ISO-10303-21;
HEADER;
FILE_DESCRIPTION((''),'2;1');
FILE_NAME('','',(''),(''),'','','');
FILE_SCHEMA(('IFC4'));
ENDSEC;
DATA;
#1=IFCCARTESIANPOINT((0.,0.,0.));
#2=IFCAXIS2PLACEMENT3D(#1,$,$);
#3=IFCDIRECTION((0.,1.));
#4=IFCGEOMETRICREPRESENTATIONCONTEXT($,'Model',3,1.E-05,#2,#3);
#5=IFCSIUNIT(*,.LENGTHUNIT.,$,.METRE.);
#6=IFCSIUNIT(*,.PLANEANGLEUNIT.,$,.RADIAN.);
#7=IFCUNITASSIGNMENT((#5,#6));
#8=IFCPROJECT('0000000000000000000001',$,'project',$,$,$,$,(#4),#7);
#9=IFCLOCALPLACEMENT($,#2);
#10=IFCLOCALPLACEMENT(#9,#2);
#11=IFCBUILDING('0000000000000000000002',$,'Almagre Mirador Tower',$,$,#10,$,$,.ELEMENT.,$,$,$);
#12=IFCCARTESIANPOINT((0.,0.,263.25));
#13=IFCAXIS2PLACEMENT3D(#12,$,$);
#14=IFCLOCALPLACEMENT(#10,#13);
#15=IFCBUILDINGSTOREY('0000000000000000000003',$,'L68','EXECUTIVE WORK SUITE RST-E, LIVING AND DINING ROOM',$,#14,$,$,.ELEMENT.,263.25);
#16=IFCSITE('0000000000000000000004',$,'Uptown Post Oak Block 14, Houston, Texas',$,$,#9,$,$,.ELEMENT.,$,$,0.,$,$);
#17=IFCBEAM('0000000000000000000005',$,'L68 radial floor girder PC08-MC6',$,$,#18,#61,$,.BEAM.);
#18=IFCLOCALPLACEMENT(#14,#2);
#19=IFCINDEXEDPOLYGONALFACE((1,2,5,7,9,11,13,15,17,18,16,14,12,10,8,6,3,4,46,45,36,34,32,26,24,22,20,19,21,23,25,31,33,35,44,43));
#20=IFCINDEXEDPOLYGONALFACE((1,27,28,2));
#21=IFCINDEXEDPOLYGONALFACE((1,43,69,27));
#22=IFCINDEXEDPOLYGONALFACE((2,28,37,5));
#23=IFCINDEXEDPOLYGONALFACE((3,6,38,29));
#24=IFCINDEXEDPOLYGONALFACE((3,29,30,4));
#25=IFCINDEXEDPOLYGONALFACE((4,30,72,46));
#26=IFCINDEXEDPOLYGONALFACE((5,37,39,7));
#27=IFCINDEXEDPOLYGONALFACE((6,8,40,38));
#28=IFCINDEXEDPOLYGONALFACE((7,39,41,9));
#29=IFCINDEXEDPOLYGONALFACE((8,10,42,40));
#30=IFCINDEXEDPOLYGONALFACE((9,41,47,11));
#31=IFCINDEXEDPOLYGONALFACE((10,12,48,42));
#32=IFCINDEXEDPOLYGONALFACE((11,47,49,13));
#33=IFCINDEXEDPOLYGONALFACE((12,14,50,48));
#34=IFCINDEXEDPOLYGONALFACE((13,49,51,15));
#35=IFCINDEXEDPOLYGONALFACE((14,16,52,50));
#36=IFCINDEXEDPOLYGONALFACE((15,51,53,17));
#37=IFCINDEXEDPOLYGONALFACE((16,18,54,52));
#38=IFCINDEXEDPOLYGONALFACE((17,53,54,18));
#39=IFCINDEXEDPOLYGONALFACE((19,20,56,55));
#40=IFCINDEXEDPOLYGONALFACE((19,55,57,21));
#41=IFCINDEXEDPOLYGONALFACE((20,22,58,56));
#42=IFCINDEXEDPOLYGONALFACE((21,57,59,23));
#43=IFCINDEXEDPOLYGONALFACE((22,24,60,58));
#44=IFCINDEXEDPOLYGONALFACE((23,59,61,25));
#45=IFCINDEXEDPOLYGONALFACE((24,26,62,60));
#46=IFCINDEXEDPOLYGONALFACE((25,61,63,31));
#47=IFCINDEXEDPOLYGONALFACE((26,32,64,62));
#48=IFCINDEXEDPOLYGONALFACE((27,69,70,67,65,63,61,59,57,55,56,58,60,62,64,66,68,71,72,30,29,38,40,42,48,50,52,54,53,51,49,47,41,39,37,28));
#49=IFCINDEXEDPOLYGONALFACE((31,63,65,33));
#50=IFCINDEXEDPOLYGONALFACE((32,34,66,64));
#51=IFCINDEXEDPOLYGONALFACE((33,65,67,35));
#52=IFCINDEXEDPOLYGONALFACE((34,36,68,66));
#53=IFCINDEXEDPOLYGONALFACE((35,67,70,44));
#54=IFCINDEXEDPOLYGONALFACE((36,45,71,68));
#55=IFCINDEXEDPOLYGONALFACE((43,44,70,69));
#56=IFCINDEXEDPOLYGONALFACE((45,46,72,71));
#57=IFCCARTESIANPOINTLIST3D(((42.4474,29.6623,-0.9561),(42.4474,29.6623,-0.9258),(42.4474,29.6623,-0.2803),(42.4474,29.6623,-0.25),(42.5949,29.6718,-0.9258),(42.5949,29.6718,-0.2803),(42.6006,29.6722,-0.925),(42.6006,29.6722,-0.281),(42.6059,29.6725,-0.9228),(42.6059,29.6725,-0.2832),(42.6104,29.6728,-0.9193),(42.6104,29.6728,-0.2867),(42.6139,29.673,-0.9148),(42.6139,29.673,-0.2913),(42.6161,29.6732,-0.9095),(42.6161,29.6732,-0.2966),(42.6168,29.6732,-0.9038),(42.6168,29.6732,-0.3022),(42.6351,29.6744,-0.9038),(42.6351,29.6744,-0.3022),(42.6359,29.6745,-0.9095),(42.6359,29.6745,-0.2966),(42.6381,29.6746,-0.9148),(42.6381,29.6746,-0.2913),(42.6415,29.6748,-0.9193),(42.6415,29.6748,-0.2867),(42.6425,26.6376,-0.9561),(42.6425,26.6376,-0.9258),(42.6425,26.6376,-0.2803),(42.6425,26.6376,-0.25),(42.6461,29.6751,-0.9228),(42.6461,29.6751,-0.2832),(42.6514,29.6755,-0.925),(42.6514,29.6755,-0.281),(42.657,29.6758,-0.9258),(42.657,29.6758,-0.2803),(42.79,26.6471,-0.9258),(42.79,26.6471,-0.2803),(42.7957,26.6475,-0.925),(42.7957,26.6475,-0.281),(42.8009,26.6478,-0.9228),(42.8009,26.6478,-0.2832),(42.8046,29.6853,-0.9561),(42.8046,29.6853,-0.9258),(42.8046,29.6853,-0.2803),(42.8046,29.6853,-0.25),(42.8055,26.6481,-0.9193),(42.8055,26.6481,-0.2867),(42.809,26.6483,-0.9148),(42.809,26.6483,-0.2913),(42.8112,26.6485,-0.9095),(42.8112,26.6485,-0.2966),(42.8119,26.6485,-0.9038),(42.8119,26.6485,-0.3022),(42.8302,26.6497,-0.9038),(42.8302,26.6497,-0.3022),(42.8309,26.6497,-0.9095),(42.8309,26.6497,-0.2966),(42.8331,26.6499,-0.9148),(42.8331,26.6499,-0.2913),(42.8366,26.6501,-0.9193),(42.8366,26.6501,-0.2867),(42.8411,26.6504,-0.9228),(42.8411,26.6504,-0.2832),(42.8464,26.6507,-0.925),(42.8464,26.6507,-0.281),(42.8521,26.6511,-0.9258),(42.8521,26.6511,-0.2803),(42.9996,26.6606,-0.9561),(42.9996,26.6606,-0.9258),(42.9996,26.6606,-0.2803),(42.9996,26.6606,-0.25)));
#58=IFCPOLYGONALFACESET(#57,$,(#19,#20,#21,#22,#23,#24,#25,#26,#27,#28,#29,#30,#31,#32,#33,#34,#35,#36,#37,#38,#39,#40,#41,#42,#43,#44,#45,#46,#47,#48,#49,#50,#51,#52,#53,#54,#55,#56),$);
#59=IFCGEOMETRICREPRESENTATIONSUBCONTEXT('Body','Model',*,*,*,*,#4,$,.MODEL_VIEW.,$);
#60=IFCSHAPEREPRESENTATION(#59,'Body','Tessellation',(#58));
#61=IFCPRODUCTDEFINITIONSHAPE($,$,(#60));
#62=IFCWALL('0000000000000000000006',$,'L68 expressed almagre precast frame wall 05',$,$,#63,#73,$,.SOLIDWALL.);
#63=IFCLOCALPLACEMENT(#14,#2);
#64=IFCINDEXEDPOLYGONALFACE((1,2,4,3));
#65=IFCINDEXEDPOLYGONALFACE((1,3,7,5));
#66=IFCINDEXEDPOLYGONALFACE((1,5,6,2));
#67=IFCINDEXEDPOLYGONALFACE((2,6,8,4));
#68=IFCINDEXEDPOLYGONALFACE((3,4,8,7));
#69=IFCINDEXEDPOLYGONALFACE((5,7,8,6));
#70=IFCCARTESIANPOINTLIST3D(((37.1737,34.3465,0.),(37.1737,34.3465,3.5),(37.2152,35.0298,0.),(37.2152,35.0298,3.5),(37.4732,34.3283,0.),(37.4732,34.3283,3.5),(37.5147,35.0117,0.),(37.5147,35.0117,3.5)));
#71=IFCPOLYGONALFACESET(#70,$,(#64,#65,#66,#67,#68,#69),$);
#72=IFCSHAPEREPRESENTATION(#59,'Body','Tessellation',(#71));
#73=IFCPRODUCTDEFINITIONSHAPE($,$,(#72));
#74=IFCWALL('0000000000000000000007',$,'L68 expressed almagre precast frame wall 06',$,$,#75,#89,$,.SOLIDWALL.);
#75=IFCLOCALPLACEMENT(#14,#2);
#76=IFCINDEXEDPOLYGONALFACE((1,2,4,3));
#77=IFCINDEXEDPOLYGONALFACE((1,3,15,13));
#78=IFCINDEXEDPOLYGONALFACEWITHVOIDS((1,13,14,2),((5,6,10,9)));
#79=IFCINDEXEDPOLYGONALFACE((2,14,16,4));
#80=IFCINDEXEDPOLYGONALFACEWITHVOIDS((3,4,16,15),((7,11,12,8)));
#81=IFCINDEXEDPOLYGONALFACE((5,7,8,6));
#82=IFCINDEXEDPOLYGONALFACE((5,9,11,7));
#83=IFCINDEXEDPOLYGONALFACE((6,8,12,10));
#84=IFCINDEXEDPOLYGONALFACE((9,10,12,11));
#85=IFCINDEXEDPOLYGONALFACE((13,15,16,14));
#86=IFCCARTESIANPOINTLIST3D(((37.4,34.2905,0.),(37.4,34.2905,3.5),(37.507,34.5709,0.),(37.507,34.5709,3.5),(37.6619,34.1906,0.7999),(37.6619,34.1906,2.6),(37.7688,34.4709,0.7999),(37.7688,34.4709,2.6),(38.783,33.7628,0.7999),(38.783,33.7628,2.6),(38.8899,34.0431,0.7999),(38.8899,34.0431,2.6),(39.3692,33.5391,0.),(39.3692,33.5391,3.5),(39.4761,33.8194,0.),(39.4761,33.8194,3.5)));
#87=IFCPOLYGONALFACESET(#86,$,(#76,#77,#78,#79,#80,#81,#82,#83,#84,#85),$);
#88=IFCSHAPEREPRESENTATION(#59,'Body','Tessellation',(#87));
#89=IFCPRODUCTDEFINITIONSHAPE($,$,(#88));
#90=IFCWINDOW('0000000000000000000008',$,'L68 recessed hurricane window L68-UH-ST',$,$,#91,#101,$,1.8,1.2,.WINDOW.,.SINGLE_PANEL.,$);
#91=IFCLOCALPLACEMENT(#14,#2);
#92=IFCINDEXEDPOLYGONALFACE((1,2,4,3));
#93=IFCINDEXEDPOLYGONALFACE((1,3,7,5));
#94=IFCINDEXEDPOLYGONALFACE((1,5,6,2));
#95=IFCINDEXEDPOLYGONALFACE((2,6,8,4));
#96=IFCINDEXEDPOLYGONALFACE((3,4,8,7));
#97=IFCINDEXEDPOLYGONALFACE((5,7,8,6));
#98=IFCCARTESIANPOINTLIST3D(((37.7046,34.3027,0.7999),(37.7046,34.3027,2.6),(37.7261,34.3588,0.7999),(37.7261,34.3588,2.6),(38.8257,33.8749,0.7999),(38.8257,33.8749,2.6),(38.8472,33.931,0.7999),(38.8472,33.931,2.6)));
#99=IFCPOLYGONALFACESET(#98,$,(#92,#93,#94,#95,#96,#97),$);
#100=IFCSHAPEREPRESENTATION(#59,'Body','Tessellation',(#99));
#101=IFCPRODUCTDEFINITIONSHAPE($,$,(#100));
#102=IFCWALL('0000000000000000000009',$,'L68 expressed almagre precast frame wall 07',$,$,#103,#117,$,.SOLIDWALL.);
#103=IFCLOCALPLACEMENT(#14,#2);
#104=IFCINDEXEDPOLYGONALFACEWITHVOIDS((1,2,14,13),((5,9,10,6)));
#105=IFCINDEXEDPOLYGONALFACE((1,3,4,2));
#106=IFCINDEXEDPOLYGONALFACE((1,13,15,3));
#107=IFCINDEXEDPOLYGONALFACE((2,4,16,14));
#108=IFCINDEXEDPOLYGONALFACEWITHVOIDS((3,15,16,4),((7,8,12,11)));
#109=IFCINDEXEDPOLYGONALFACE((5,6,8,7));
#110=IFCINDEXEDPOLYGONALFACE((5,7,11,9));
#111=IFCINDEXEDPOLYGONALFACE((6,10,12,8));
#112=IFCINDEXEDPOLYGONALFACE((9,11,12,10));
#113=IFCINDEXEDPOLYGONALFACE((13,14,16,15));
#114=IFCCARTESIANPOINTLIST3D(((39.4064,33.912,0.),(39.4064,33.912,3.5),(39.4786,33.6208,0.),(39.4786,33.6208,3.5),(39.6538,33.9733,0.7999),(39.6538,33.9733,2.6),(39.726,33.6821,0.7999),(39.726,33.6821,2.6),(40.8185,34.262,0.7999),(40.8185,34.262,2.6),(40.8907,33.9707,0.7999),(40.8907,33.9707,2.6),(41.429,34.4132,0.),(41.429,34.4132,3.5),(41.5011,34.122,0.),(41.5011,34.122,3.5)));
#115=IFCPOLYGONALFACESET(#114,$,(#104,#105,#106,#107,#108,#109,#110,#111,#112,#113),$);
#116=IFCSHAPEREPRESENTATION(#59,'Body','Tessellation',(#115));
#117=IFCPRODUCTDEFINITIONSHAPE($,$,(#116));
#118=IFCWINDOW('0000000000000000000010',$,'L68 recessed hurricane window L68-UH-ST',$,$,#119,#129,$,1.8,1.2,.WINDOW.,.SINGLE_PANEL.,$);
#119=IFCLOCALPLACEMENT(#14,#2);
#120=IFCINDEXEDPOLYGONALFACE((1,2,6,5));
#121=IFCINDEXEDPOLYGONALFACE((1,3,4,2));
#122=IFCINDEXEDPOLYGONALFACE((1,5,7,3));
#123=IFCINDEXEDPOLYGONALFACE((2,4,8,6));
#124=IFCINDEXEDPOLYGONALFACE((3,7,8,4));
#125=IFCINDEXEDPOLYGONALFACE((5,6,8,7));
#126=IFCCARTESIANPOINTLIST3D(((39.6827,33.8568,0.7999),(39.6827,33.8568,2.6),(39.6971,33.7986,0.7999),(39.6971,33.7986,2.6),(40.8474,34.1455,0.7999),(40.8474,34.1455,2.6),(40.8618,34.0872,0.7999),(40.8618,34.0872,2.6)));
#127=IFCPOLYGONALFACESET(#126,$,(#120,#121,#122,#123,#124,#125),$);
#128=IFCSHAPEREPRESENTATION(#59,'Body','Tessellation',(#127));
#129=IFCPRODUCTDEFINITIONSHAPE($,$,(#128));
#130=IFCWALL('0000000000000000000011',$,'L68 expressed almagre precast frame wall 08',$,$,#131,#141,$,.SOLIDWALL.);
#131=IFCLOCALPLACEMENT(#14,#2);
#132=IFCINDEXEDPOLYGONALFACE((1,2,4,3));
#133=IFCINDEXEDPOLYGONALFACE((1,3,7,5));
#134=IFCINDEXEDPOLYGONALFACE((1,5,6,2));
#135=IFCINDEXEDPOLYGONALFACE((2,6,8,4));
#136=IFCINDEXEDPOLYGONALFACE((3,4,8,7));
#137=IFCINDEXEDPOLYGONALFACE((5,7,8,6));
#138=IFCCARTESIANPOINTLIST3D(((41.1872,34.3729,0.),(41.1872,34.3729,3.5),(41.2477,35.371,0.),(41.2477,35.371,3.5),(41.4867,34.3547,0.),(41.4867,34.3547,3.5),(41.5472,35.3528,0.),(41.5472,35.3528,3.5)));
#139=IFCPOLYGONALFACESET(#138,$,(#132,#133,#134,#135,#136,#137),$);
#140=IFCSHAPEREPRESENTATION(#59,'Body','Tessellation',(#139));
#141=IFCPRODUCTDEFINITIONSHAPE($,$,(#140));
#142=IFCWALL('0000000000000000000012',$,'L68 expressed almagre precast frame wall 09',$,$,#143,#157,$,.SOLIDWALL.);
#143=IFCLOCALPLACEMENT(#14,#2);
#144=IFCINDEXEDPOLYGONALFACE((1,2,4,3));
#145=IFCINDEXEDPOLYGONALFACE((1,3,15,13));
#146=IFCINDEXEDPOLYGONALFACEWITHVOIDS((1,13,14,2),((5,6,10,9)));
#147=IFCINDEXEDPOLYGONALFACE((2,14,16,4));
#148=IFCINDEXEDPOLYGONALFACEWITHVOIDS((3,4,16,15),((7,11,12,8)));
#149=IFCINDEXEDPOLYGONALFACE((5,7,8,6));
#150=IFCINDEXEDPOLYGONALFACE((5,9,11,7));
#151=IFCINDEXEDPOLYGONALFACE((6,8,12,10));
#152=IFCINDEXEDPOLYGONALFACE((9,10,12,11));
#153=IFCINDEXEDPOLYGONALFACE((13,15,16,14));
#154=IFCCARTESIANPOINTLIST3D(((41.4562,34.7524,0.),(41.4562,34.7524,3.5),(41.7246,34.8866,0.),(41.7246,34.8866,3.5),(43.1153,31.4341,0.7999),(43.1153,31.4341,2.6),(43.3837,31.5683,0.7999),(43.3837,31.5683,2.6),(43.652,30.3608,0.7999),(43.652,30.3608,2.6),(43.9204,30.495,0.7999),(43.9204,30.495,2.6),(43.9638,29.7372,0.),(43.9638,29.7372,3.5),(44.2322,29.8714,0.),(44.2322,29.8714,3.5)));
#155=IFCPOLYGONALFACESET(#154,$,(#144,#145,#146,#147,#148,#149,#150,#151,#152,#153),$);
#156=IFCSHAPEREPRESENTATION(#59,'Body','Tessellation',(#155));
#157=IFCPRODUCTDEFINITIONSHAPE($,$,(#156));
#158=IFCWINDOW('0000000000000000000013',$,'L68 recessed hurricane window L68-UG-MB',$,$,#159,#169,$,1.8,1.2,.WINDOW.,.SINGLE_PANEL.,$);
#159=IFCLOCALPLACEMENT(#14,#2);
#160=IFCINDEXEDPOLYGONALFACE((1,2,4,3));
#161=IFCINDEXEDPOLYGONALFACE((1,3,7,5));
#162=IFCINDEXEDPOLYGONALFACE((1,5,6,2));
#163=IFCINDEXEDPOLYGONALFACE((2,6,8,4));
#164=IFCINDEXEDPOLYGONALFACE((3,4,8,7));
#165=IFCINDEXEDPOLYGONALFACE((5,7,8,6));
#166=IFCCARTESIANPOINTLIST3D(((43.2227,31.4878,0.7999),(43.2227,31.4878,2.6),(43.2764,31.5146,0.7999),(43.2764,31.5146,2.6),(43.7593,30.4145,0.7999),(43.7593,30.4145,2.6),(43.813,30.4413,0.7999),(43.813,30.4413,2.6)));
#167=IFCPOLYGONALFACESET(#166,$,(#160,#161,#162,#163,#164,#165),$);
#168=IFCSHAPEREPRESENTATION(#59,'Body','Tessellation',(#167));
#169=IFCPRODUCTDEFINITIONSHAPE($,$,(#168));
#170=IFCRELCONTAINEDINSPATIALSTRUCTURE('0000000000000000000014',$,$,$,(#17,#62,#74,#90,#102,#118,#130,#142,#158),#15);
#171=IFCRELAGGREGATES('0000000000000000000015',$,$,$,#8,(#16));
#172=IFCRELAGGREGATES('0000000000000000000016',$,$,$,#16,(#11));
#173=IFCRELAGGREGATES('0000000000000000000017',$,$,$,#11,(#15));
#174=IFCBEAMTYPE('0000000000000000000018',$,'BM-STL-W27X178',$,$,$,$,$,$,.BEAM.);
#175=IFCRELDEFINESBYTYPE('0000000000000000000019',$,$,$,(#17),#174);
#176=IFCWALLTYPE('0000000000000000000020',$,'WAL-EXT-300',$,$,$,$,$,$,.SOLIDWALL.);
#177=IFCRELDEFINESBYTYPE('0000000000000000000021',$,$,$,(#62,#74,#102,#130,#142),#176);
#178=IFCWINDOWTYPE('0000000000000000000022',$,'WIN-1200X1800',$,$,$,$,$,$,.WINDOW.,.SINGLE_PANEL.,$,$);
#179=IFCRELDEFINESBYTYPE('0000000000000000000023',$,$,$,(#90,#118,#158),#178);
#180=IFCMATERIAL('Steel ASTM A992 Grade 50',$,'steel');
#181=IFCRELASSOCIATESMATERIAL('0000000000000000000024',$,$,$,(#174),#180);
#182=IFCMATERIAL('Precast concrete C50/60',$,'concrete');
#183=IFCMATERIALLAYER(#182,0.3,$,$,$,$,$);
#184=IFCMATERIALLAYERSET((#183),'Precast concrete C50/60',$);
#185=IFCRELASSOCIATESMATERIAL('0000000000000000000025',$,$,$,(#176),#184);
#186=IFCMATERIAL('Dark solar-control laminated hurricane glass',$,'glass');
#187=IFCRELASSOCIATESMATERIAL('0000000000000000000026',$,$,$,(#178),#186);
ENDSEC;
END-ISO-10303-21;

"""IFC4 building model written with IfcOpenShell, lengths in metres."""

from ifc_helpers import new_model, si_unit, direction, frame, frame_2d, origin, origin_2d, place, context, subcontext, project, spatial, rectangle, i_section, extrude, material, layer, layer_set, material_profile, profile_set, type_object, element, fill, save


model = new_model("IFC4")

# Units and contexts
model_context = context("Model", 3, precision=1e-05, world=origin(), true_north=direction((0.0, 1.0)))
body_context = subcontext(model_context, "Body", "Model", "MODEL_VIEW")
ifc_project = project(units=[si_unit("LENGTHUNIT", "METRE"), si_unit("PLANEANGLEUNIT", "RADIAN")], contexts=[model_context])

# Site, building, storey
site_placement = place(None, origin())
site = spatial("IfcSite", under=ifc_project, at=site_placement, Name="Uptown Post Oak Block 14, Houston, Texas", CompositionType="ELEMENT", RefElevation=0.0)
building_placement = place(site_placement, origin())
building = spatial("IfcBuilding", under=site, at=building_placement, Name="Almagre Mirador Tower", CompositionType="ELEMENT")
storey_placement = place(building_placement, frame((0.0, 0.0, 263.25)))
storey = spatial("IfcBuildingStorey", under=building, at=storey_placement, Name="L68", Description="EXECUTIVE WORK SUITE RST-E, LIVING AND DINING ROOM", CompositionType="ELEMENT", Elevation=263.25)

# Beam
ifc_material_1 = material(Name="Steel ASTM A992 Grade 50", Category="steel")
ifc_material_profile_1 = material_profile(ifc_material_1, i_section(OverallWidth=0.3579, OverallDepth=0.7061, WebThickness=0.0183, FlangeThickness=0.0303, FilletRadius=0.022, at=origin_2d()), Name="W27X178")
ifc_profile_set_1 = profile_set([ifc_material_profile_1], Name="Steel ASTM A992 Grade 50")
beam_type_1 = type_object("IfcBeamType", Name="BM-STL-W27X178", PredefinedType="BEAM", material=ifc_profile_set_1)
beam_1_placement = place(storey_placement, frame((42.626, 29.6738, -0.603), z_axis=(0.064359, -0.997927, 0.0), x_axis=(0.997927, 0.064359, 0.0)))
element("IfcBeam", 1, at=beam_1_placement, inside=storey, type_object=beam_type_1, Name="L68 radial floor girder PC08-MC6", PredefinedType="BEAM", context=body_context, shape_type="SweptSolid", body=[
    extrude(i_section(OverallWidth=0.3579, OverallDepth=0.7061, WebThickness=0.0183, FlangeThickness=0.0303, FilletRadius=0.022, at=origin_2d()), origin(), (0.0, 0.0, 1.0), 3.031),
])

# Wall
ifc_material_2 = material(Name="Precast concrete C50/60", Category="concrete")
ifc_layer_1 = layer(ifc_material_2, 0.3)
ifc_layer_set_1 = layer_set([ifc_layer_1], Name="Precast concrete C50/60")
wall_type_1 = type_object("IfcWallType", Name="WAL-EXT-300", PredefinedType="SOLIDWALL", material=ifc_layer_set_1)
wall_1_placement = place(storey_placement, frame((37.365, 35.0208, 0.0), z_axis=(0.0, 0.0, 1.0), x_axis=(-0.060624, -0.998161, 0.0)))
element("IfcWall", 2, at=wall_1_placement, inside=storey, type_object=wall_type_1, Name="L68 expressed almagre precast frame wall 05", PredefinedType="SOLIDWALL", context=body_context, shape_type="SweptSolid", body=[
    extrude(rectangle(XDim=0.6846, YDim=0.3, at=frame_2d((0.3423, 0.0))), origin(), (0.0, 0.0, 1.0), 3.5),
])

# Walls, openings, windows
wall_2_placement = place(storey_placement, frame((37.4536, 34.4307, 0.0), z_axis=(0.0, 0.0, 1.0), x_axis=(0.934286, -0.356525, 0.0)))
wall_2 = element("IfcWall", 3, at=wall_2_placement, inside=storey, type_object=wall_type_1, Name="L68 expressed almagre precast frame wall 06", PredefinedType="SOLIDWALL", context=body_context, shape_type="SweptSolid", body=[
    extrude(rectangle(XDim=2.1077, YDim=0.3, at=frame_2d((1.0537, 0.0))), origin(), (0.0, 0.0, 1.0), 3.5),
])
opening_1_placement = place(wall_2_placement, frame((0.28, 0.0, 0.8)))
opening_1 = element("IfcOpeningElement", 4, at=opening_1_placement, cuts=wall_2, PredefinedType="OPENING", context=body_context, shape_type="SweptSolid", body=[
    extrude(rectangle(XDim=1.2, YDim=1.8, at=frame_2d((0.6001, 0.8999))), frame((0.0, 0.1599, 0.0), z_axis=(0.0, -1.0, 0.0), x_axis=(1.0, 0.0, 0.0)), (0.0, 0.0, 1.0), 0.32),
])
ifc_material_3 = material(Name="Dark solar-control laminated hurricane glass", Category="glass")
window_type_1 = type_object("IfcWindowType", Name="WIN-1200X1800", PartitioningType="SINGLE_PANEL", PredefinedType="WINDOW", material=ifc_material_3)
window_1_placement = place(opening_1_placement, origin())
window_1 = element("IfcWindow", 5, at=window_1_placement, inside=storey, type_object=window_type_1, Name="L68 recessed hurricane window L68-UH-ST", OverallHeight=1.8, OverallWidth=1.2, PartitioningType="SINGLE_PANEL", PredefinedType="WINDOW", context=body_context, shape_type="SweptSolid", body=[
    extrude(rectangle(XDim=1.2, YDim=1.8, at=frame_2d((0.6001, 0.8999))), frame((0.0, 0.03, 0.0), z_axis=(0.0, -1.0, 0.0), x_axis=(1.0, 0.0, 0.0)), (0.0, 0.0, 1.0), 0.0601),
])
fill(opening_1, window_1)
wall_3_placement = place(storey_placement, frame((39.4424, 33.7664, 0.0), z_axis=(0.0, 0.0, 1.0), x_axis=(0.970637, 0.24055, 0.0)))
wall_3 = element("IfcWall", 6, at=wall_3_placement, inside=storey, type_object=wall_type_1, Name="L68 expressed almagre precast frame wall 07", PredefinedType="SOLIDWALL", context=body_context, shape_type="SweptSolid", body=[
    extrude(rectangle(XDim=2.0837, YDim=0.3, at=frame_2d((1.042, 0.0))), origin(), (0.0, 0.0, 1.0), 3.5),
])
opening_2_placement = place(wall_3_placement, frame((0.2549, 0.0, 0.8)))
opening_2 = element("IfcOpeningElement", 7, at=opening_2_placement, cuts=wall_3, PredefinedType="OPENING", context=body_context, shape_type="SweptSolid", body=[
    extrude(rectangle(XDim=1.2, YDim=1.8, at=frame_2d((0.6001, 0.8999))), frame((0.0, 0.1599, 0.0), z_axis=(0.0, -1.0, 0.0), x_axis=(1.0, 0.0, 0.0)), (0.0, 0.0, 1.0), 0.32),
])
window_2_placement = place(opening_2_placement, origin())
window_2 = element("IfcWindow", 8, at=window_2_placement, inside=storey, type_object=window_type_1, Name="L68 recessed hurricane window L68-UH-ST", OverallHeight=1.8, OverallWidth=1.2, PartitioningType="SINGLE_PANEL", PredefinedType="WINDOW", context=body_context, shape_type="SweptSolid", body=[
    extrude(rectangle(XDim=1.2, YDim=1.8, at=frame_2d((0.6001, 0.8999))), frame((0.0, 0.03, 0.0), z_axis=(0.0, -1.0, 0.0), x_axis=(1.0, 0.0, 0.0)), (0.0, 0.0, 1.0), 0.0601),
])
fill(opening_2, window_2)

# Wall
wall_4_placement = place(storey_placement, frame((41.3369, 34.3638, 0.0), z_axis=(0.0, 0.0, 1.0), x_axis=(0.060554, 0.998165, 0.0)))
element("IfcWall", 9, at=wall_4_placement, inside=storey, type_object=wall_type_1, Name="L68 expressed almagre precast frame wall 08", PredefinedType="SOLIDWALL", context=body_context, shape_type="SweptSolid", body=[
    extrude(rectangle(XDim=1.0, YDim=0.3, at=frame_2d((0.5, 0.0))), origin(), (0.0, 0.0, 1.0), 3.5),
])

# Wall, opening, window
wall_5_placement = place(storey_placement, frame((41.5903, 34.8196, 0.0), z_axis=(0.0, 0.0, 1.0), x_axis=(0.447214, -0.894427, 0.0)))
wall_5 = element("IfcWall", 10, at=wall_5_placement, inside=storey, type_object=wall_type_1, Name="L68 expressed almagre precast frame wall 09", PredefinedType="SOLIDWALL", context=body_context, shape_type="SweptSolid", body=[
    extrude(rectangle(XDim=5.6072, YDim=0.3, at=frame_2d((2.8037, 0.0))), origin(), (0.0, 0.0, 1.0), 3.5),
])
opening_3_placement = place(wall_5_placement, frame((3.71, 0.0, 0.8)))
opening_3 = element("IfcOpeningElement", 11, at=opening_3_placement, cuts=wall_5, PredefinedType="OPENING", context=body_context, shape_type="SweptSolid", body=[
    extrude(rectangle(XDim=1.2, YDim=1.8, at=frame_2d((0.6001, 0.8999))), frame((0.0, 0.1599, 0.0), z_axis=(0.0, -1.0, 0.0), x_axis=(1.0, 0.0, 0.0)), (0.0, 0.0, 1.0), 0.32),
])
window_3_placement = place(opening_3_placement, origin())
window_3 = element("IfcWindow", 12, at=window_3_placement, inside=storey, type_object=window_type_1, Name="L68 recessed hurricane window L68-UG-MB", OverallHeight=1.8, OverallWidth=1.2, PartitioningType="SINGLE_PANEL", PredefinedType="WINDOW", context=body_context, shape_type="SweptSolid", body=[
    extrude(rectangle(XDim=1.2, YDim=1.8, at=frame_2d((0.6001, 0.8999))), frame((0.0, 0.03, 0.0), z_axis=(0.0, -1.0, 0.0), x_axis=(1.0, 0.0, 0.0)), (0.0, 0.0, 1.0), 0.0601),
])
fill(opening_3, window_3)

save(model, "model.ifc")
